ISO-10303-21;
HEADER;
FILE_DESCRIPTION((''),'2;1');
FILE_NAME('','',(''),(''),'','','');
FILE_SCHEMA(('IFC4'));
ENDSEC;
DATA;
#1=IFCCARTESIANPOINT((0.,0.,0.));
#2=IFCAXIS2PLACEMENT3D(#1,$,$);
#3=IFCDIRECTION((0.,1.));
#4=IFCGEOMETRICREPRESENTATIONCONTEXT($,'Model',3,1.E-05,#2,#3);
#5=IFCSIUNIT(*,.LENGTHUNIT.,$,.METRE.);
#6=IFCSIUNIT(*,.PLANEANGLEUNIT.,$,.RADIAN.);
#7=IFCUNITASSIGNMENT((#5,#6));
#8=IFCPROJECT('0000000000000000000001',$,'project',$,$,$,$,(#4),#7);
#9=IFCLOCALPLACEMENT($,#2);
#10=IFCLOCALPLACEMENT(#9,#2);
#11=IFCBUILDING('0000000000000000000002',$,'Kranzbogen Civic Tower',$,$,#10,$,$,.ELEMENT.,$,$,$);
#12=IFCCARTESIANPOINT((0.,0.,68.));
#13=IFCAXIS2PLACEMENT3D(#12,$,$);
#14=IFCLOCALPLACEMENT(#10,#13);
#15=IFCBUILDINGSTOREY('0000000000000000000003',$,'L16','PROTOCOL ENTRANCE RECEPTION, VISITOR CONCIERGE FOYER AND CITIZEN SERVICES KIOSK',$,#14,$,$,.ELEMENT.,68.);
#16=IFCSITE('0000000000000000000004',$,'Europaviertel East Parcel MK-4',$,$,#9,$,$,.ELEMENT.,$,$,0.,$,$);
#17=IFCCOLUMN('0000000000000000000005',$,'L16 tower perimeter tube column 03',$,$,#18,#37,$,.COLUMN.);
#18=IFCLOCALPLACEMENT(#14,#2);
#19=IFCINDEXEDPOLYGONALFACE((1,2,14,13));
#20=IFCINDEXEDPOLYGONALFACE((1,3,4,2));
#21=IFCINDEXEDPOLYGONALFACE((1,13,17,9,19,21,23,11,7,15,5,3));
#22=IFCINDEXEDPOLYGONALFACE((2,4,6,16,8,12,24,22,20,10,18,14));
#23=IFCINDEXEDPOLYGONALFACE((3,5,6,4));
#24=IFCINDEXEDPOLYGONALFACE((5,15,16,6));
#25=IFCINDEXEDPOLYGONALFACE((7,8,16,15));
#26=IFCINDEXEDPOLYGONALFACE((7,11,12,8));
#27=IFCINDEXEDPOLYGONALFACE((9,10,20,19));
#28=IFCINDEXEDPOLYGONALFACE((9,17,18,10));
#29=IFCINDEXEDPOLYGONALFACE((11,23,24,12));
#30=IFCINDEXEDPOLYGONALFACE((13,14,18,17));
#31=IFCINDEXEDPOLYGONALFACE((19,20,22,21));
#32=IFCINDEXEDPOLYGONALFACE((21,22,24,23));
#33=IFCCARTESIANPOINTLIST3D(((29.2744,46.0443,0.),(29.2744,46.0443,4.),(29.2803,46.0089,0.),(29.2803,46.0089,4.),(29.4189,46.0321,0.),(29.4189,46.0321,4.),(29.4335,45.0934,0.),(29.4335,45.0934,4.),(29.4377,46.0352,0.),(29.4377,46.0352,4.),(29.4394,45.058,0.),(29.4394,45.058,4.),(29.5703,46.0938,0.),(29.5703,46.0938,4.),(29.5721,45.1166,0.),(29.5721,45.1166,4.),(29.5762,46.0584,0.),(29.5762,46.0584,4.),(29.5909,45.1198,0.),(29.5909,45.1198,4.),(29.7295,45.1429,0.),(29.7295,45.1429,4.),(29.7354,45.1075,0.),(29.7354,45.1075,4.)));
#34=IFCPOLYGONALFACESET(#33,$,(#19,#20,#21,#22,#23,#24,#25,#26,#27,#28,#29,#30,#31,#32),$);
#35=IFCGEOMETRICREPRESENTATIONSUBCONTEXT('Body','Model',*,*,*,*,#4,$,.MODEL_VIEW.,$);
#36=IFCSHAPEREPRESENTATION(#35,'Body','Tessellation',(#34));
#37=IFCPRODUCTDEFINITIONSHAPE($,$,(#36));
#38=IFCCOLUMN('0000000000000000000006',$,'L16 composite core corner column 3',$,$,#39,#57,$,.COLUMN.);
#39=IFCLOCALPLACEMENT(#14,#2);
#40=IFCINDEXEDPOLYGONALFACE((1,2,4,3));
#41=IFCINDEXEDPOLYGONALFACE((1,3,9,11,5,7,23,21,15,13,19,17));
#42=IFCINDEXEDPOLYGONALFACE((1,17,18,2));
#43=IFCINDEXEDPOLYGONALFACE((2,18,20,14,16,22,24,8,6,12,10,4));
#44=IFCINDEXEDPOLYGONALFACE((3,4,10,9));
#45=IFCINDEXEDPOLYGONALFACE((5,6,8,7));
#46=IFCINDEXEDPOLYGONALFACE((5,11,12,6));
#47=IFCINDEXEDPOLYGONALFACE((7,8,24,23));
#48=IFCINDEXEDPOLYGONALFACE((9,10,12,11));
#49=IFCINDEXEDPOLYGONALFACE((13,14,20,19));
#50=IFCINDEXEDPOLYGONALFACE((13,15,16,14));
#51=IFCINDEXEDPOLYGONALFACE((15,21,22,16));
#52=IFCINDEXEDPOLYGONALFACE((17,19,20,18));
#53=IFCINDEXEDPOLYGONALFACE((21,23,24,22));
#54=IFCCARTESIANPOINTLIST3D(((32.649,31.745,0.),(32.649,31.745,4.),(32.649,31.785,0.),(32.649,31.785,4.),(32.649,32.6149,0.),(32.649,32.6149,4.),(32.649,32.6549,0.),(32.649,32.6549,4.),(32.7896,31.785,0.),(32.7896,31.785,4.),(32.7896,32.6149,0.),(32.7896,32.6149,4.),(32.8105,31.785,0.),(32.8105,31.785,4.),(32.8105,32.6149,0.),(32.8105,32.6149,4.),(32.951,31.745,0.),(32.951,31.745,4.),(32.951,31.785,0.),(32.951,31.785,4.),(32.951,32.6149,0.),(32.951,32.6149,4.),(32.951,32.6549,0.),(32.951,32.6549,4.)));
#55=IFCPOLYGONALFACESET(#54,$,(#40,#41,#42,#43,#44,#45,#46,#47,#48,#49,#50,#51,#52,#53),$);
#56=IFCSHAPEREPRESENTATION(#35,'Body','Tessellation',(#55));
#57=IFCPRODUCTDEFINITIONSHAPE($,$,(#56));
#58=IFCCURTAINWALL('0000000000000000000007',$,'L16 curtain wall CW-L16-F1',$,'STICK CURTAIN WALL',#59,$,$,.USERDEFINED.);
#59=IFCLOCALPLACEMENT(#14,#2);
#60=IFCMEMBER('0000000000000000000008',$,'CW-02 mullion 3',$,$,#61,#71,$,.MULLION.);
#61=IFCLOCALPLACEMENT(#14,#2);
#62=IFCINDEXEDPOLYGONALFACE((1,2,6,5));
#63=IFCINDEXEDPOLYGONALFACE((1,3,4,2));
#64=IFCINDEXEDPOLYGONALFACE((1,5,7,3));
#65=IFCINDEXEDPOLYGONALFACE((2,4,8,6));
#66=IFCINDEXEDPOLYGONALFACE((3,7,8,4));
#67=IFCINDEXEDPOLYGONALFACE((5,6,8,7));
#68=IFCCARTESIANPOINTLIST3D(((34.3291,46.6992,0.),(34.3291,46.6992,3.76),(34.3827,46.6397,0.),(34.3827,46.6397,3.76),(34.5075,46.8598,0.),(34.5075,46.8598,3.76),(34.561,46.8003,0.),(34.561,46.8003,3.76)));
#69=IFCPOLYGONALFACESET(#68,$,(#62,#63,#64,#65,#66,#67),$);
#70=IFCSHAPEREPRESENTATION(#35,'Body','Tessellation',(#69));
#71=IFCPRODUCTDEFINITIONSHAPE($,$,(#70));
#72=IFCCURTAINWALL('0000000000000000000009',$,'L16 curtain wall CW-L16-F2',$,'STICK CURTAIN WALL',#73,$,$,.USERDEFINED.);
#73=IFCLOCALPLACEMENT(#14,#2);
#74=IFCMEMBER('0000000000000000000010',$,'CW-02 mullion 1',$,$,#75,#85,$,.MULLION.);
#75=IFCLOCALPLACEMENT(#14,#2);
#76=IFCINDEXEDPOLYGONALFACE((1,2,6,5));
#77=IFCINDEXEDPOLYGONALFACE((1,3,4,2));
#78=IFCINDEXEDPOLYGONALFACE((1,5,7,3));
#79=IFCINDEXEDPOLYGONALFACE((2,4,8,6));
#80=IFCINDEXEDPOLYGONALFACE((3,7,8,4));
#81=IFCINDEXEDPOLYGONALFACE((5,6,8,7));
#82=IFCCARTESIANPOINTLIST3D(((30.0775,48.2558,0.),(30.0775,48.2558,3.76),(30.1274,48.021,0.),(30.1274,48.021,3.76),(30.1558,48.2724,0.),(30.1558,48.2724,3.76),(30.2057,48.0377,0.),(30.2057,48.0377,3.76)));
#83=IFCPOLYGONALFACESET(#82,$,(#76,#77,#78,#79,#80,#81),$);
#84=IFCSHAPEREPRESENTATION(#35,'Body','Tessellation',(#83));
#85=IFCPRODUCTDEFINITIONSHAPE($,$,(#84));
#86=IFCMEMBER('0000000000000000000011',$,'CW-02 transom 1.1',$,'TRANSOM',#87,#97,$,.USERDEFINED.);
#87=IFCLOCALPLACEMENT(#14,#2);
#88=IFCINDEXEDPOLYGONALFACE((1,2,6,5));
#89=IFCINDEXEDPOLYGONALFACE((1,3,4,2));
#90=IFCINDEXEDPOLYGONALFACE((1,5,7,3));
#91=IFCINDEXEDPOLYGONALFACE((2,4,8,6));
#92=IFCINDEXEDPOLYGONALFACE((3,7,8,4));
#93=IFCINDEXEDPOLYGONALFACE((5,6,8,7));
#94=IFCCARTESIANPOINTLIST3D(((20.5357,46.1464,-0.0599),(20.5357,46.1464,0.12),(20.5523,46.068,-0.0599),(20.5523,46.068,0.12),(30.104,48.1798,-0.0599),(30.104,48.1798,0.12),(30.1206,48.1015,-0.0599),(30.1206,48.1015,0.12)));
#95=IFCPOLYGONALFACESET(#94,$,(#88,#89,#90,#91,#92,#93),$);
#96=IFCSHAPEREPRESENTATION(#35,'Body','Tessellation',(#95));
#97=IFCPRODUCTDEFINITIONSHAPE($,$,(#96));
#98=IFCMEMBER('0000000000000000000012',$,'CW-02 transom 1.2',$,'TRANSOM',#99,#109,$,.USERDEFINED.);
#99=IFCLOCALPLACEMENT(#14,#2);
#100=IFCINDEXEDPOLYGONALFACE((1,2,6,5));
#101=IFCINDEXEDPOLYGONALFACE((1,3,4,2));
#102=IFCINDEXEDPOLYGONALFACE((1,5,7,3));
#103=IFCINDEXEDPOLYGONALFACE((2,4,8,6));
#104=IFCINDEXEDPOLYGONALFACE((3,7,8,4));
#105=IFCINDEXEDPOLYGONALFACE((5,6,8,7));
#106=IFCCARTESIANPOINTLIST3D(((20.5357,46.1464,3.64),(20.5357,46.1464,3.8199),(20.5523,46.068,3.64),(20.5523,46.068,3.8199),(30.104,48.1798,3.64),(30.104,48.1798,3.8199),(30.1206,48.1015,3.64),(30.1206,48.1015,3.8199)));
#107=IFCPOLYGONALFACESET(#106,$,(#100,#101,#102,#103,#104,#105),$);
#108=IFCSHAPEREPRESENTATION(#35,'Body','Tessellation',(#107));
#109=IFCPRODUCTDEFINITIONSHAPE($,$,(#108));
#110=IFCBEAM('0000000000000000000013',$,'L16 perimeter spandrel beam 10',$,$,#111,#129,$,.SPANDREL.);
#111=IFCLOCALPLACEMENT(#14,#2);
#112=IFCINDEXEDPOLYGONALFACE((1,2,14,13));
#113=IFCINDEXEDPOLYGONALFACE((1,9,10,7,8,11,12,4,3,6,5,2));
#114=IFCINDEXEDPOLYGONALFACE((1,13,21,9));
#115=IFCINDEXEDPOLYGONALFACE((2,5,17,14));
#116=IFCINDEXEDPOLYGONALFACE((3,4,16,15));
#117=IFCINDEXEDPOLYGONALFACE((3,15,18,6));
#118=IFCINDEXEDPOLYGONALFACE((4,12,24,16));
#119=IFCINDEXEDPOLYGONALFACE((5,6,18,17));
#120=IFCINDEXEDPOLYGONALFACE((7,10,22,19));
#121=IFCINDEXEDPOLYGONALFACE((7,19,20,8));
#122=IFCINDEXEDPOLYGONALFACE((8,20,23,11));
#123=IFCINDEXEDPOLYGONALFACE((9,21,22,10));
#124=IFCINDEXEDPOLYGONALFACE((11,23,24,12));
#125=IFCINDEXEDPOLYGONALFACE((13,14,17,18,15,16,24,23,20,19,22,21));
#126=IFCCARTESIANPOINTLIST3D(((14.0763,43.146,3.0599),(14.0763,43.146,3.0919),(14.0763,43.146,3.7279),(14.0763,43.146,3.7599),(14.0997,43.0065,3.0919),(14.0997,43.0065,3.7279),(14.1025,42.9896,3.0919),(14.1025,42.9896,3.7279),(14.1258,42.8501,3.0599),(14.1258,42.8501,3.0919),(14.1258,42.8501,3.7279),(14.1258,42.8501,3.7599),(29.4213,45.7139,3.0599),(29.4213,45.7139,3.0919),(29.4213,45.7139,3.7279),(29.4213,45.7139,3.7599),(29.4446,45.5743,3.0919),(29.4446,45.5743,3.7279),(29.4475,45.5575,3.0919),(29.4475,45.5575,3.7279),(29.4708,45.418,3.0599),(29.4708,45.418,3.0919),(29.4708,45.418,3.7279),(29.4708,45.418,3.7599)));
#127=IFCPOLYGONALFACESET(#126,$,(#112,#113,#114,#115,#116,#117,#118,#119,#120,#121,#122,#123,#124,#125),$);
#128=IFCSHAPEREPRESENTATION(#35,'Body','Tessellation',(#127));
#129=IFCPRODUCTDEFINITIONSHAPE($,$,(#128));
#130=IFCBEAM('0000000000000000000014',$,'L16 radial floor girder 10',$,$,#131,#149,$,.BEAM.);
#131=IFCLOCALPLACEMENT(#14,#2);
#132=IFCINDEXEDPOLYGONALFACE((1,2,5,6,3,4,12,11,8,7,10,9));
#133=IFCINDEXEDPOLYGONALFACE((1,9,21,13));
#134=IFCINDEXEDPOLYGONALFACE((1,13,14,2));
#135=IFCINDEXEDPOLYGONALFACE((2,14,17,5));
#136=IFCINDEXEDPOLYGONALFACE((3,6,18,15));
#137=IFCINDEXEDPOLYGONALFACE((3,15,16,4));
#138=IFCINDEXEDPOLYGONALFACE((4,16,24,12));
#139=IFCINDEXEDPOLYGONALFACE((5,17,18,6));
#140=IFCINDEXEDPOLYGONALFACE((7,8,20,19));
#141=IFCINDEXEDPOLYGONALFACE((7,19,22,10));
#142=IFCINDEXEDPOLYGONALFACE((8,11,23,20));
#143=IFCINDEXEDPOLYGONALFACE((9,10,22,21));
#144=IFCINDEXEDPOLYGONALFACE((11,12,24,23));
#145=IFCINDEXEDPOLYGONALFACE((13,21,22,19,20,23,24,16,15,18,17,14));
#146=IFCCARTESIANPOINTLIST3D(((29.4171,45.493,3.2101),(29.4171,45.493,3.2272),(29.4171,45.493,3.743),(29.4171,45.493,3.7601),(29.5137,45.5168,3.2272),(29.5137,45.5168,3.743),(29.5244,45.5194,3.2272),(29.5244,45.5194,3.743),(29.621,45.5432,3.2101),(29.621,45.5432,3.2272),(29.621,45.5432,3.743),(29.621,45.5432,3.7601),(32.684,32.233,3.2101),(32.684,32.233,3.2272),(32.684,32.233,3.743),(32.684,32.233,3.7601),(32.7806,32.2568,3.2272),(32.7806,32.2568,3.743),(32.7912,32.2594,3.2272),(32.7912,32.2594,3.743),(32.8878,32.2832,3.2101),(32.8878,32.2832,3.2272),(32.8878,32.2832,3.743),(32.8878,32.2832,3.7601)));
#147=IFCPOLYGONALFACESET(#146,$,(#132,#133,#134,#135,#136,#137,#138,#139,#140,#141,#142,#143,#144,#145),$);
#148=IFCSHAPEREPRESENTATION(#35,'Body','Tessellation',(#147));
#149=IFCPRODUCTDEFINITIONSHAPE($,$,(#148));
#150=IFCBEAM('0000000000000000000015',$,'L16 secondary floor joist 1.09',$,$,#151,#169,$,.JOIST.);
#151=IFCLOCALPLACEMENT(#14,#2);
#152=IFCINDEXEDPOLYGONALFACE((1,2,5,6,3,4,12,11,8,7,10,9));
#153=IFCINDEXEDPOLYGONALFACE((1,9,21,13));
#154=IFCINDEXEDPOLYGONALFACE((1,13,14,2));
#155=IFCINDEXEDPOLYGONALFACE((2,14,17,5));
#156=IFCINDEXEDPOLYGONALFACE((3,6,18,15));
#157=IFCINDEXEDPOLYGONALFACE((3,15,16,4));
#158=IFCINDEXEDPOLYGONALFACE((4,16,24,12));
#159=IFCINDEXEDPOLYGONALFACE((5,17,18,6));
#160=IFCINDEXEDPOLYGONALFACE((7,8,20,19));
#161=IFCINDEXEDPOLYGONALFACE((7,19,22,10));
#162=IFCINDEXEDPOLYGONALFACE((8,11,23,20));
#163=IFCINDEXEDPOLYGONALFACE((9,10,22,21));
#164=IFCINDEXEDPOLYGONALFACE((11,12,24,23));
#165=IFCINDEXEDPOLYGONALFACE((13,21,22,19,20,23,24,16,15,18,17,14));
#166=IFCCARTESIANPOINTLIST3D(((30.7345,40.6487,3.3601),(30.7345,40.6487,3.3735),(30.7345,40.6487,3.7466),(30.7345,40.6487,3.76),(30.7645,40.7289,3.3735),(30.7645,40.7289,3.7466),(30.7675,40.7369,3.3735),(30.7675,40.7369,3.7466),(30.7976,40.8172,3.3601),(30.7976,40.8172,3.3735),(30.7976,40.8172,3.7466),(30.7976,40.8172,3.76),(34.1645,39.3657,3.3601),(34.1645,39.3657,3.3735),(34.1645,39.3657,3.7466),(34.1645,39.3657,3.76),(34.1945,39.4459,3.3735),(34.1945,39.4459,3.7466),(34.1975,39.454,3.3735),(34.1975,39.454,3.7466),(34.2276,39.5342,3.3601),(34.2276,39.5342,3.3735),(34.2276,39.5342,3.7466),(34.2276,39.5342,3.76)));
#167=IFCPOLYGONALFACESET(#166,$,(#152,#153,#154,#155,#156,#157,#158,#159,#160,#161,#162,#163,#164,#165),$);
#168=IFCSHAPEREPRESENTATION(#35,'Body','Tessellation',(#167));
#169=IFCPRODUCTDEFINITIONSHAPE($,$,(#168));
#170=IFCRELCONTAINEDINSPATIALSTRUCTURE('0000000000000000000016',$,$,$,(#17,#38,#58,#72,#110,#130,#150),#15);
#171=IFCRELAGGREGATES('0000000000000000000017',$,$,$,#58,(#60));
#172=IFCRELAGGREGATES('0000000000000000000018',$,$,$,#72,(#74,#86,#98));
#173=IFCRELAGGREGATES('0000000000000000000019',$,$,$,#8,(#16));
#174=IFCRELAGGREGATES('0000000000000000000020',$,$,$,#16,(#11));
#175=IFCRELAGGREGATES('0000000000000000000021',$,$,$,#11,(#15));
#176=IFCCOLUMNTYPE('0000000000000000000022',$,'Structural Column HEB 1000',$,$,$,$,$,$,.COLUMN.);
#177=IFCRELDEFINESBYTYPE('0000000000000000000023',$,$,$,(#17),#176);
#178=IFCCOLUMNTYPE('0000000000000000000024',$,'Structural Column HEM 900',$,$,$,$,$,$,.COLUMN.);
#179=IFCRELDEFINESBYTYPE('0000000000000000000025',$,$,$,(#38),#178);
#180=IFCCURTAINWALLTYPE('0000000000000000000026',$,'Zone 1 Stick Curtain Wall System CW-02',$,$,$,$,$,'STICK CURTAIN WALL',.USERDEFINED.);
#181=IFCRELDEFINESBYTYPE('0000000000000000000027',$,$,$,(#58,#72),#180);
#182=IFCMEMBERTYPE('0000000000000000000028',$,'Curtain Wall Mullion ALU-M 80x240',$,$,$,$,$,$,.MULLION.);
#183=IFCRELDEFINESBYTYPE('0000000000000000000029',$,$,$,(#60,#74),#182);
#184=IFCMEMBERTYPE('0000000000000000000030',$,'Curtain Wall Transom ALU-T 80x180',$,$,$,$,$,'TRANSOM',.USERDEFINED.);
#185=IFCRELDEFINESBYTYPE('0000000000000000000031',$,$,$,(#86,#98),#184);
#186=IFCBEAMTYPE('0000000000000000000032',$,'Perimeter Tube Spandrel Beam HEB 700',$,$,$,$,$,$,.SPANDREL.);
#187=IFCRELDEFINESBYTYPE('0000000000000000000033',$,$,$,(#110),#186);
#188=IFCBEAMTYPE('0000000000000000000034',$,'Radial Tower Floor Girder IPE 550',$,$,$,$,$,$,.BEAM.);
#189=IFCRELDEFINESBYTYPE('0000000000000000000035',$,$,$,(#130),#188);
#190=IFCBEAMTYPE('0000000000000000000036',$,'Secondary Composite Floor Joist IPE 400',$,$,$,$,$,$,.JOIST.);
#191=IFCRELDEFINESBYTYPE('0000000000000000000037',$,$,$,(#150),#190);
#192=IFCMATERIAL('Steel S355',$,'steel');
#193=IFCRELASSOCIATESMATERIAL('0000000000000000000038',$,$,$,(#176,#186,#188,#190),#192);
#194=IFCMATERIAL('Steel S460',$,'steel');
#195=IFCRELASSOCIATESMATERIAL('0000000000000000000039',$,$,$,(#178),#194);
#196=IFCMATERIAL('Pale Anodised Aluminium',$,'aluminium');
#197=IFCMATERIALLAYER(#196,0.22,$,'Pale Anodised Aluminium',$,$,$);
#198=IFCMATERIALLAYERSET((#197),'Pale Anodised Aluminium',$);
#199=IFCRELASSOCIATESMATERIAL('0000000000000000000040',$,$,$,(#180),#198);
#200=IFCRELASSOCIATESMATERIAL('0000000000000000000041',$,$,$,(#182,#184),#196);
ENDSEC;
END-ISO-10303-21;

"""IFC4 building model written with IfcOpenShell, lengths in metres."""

from ifc_helpers import new_model, si_unit, direction, frame, origin, origin_2d, place, context, subcontext, project, spatial, rectangle, i_section, extrude, material, layer, layer_set, material_profile, profile_set, type_object, element, aggregate, save


model = new_model("IFC4")

# Units and contexts
model_context = context("Model", 3, precision=1e-05, world=origin(), true_north=direction((0.0, 1.0)))
body_context = subcontext(model_context, "Body", "Model", "MODEL_VIEW")
ifc_project = project(units=[si_unit("LENGTHUNIT", "METRE"), si_unit("PLANEANGLEUNIT", "RADIAN")], contexts=[model_context])

# Site, building, storey
site_placement = place(None, origin())
site = spatial("IfcSite", under=ifc_project, at=site_placement, Name="Europaviertel East Parcel MK-4", CompositionType="ELEMENT", RefElevation=0.0)
building_placement = place(site_placement, origin())
building = spatial("IfcBuilding", under=site, at=building_placement, Name="Kranzbogen Civic Tower", CompositionType="ELEMENT")
storey_placement = place(building_placement, frame((0.0, 0.0, 68.0)))
storey = spatial("IfcBuildingStorey", under=building, at=storey_placement, Name="L16", Description="PROTOCOL ENTRANCE RECEPTION, VISITOR CONCIERGE FOYER AND CITIZEN SERVICES KIOSK", CompositionType="ELEMENT", Elevation=68.0)

# Columns
ifc_material_1 = material(Name="Steel S355", Category="steel")
ifc_material_profile_1 = material_profile(ifc_material_1, i_section(OverallWidth=0.3, OverallDepth=1.0, WebThickness=0.019, FlangeThickness=0.0359, at=origin_2d()), Name="HEB 1000")
ifc_profile_set_1 = profile_set([ifc_material_profile_1], Name="Steel S355")
column_type_1 = type_object("IfcColumnType", Name="Structural Column HEB 1000", PredefinedType="COLUMN", material=ifc_profile_set_1)
column_1_placement = place(storey_placement, frame((29.5049, 45.5759, 0.0), z_axis=(0.0, 0.0, 1.0), x_axis=(0.986286, 0.165048, 0.0)))
element("IfcColumn", 1, at=column_1_placement, inside=storey, type_object=column_type_1, Name="L16 tower perimeter tube column 03", PredefinedType="COLUMN", context=body_context, shape_type="SweptSolid", body=[
    extrude(i_section(OverallWidth=0.3, OverallDepth=1.0, WebThickness=0.019, FlangeThickness=0.0359, at=origin_2d()), origin(), (0.0, 0.0, 1.0), 4.0),
])
ifc_material_2 = material(Name="Steel S460", Category="steel")
ifc_material_profile_2 = material_profile(ifc_material_2, i_section(OverallWidth=0.302, OverallDepth=0.9099, WebThickness=0.021, FlangeThickness=0.04, at=origin_2d()), Name="HEM 900")
ifc_profile_set_2 = profile_set([ifc_material_profile_2], Name="Steel S460")
column_type_2 = type_object("IfcColumnType", Name="Structural Column HEM 900", PredefinedType="COLUMN", material=ifc_profile_set_2)
column_2_placement = place(storey_placement, frame((32.8, 32.2, 0.0), z_axis=(0.0, 0.0, 1.0), x_axis=(1.0, 0.0, 0.0)))
element("IfcColumn", 2, at=column_2_placement, inside=storey, type_object=column_type_2, Name="L16 composite core corner column 3", PredefinedType="COLUMN", context=body_context, shape_type="SweptSolid", body=[
    extrude(i_section(OverallWidth=0.302, OverallDepth=0.9099, WebThickness=0.021, FlangeThickness=0.04, at=origin_2d()), origin(), (0.0, 0.0, 1.0), 4.0),
])

# Curtain wall, member
ifc_material_3 = material(Name="Pale Anodised Aluminium", Category="aluminium")
ifc_layer_1 = layer(ifc_material_3, 0.22, Name="Pale Anodised Aluminium")
ifc_layer_set_1 = layer_set([ifc_layer_1], Name="Pale Anodised Aluminium")
curtain_wall_type = type_object("IfcCurtainWallType", Name="Zone 1 Stick Curtain Wall System CW-02", ElementType="STICK CURTAIN WALL", PredefinedType="USERDEFINED", material=ifc_layer_set_1)
curtain_wall_1_placement = place(storey_placement, origin())
curtain_wall_1 = element("IfcCurtainWall", 3, at=curtain_wall_1_placement, inside=storey, type_object=curtain_wall_type, Name="L16 curtain wall CW-L16-F1", ObjectType="STICK CURTAIN WALL", PredefinedType="USERDEFINED")
ifc_material_profile_3 = material_profile(ifc_material_3, rectangle(XDim=0.0801, YDim=0.24, at=origin_2d()), Name="ALU-M 80x240")
ifc_profile_set_3 = profile_set([ifc_material_profile_3], Name="Pale Anodised Aluminium")
member_type_1 = type_object("IfcMemberType", Name="Curtain Wall Mullion ALU-M 80x240", PredefinedType="MULLION", material=ifc_profile_set_3)
member_1_placement = place(storey_placement, frame((34.4451, 46.7498, 0.0), z_axis=(0.0, 0.0, 1.0), x_axis=(-0.669116, 0.743158, 0.0)))
member_1 = element("IfcMember", 4, at=member_1_placement, type_object=member_type_1, Name="CW-02 mullion 3", PredefinedType="MULLION", context=body_context, shape_type="SweptSolid", body=[
    extrude(rectangle(XDim=0.0801, YDim=0.24, at=origin_2d()), origin(), (0.0, 0.0, 1.0), 3.76),
])
aggregate(curtain_wall_1, [member_1])

# Curtain wall, members
curtain_wall_2_placement = place(storey_placement, origin())
curtain_wall_2 = element("IfcCurtainWall", 5, at=curtain_wall_2_placement, inside=storey, type_object=curtain_wall_type, Name="L16 curtain wall CW-L16-F2", ObjectType="STICK CURTAIN WALL", PredefinedType="USERDEFINED")
member_2_placement = place(storey_placement, frame((30.1416, 48.1467, 0.0), z_axis=(0.0, 0.0, 1.0), x_axis=(-0.978159, -0.207858, 0.0)))
member_2 = element("IfcMember", 6, at=member_2_placement, type_object=member_type_1, Name="CW-02 mullion 1", PredefinedType="MULLION", context=body_context, shape_type="SweptSolid", body=[
    extrude(rectangle(XDim=0.0801, YDim=0.24, at=origin_2d()), origin(), (0.0, 0.0, 1.0), 3.76),
])
ifc_material_profile_4 = material_profile(ifc_material_3, rectangle(XDim=0.0801, YDim=0.1799, at=origin_2d()), Name="ALU-T 80x180")
ifc_profile_set_4 = profile_set([ifc_material_profile_4], Name="Pale Anodised Aluminium")
member_type_2 = type_object("IfcMemberType", Name="Curtain Wall Transom ALU-T 80x180", ElementType="TRANSOM", PredefinedType="USERDEFINED", material=ifc_profile_set_4)
member_3_placement = place(storey_placement, frame((30.1123, 48.1406, 0.03), z_axis=(-0.978155, -0.207875, 0.0), x_axis=(0.207875, -0.978155, 0.0)))
member_3 = element("IfcMember", 7, at=member_3_placement, type_object=member_type_2, Name="CW-02 transom 1.1", ObjectType="TRANSOM", PredefinedType="USERDEFINED", context=body_context, shape_type="SweptSolid", body=[
    extrude(rectangle(XDim=0.0801, YDim=0.1799, at=origin_2d()), origin(), (0.0, 0.0, 1.0), 9.782),
])
member_4_placement = place(storey_placement, frame((30.1123, 48.1406, 3.73), z_axis=(-0.978155, -0.207875, 0.0), x_axis=(0.207875, -0.978155, 0.0)))
member_4 = element("IfcMember", 8, at=member_4_placement, type_object=member_type_2, Name="CW-02 transom 1.2", ObjectType="TRANSOM", PredefinedType="USERDEFINED", context=body_context, shape_type="SweptSolid", body=[
    extrude(rectangle(XDim=0.0801, YDim=0.1799, at=origin_2d()), origin(), (0.0, 0.0, 1.0), 9.782),
])

# Beams
ifc_material_profile_5 = material_profile(ifc_material_1, i_section(OverallWidth=0.3, OverallDepth=0.7, WebThickness=0.0171, FlangeThickness=0.032, at=origin_2d()), Name="HEB 700")
ifc_profile_set_5 = profile_set([ifc_material_profile_5], Name="Steel S355")
beam_type_1 = type_object("IfcBeamType", Name="Perimeter Tube Spandrel Beam HEB 700", PredefinedType="SPANDREL", material=ifc_profile_set_5)
beam_1_placement = place(storey_placement, frame((29.446, 45.5659, 3.4099), z_axis=(-0.986286, -0.165048, 0.0), x_axis=(0.165048, -0.986286, 0.0)))
element("IfcBeam", 9, at=beam_1_placement, inside=storey, type_object=beam_type_1, Name="L16 perimeter spandrel beam 10", PredefinedType="SPANDREL", context=body_context, shape_type="SweptSolid", body=[
    extrude(i_section(OverallWidth=0.3, OverallDepth=0.7, WebThickness=0.0171, FlangeThickness=0.032, at=origin_2d()), origin(), (0.0, 0.0, 1.0), 15.5583),
])
ifc_material_profile_6 = material_profile(ifc_material_1, i_section(OverallWidth=0.21, OverallDepth=0.55, WebThickness=0.011, FlangeThickness=0.0171, at=origin_2d()), Name="IPE 550")
ifc_profile_set_6 = profile_set([ifc_material_profile_6], Name="Steel S355")
beam_type_2 = type_object("IfcBeamType", Name="Radial Tower Floor Girder IPE 550", PredefinedType="BEAM", material=ifc_profile_set_6)
beam_2_placement = place(storey_placement, frame((29.519, 45.5181, 3.4851), z_axis=(0.239215, -0.970967, 0.0), x_axis=(0.970967, 0.239215, 0.0)))
element("IfcBeam", 10, at=beam_2_placement, inside=storey, type_object=beam_type_2, Name="L16 radial floor girder 10", PredefinedType="BEAM", context=body_context, shape_type="SweptSolid", body=[
    extrude(i_section(OverallWidth=0.21, OverallDepth=0.55, WebThickness=0.011, FlangeThickness=0.0171, at=origin_2d()), origin(), (0.0, 0.0, 1.0), 13.6565),
])
ifc_material_profile_7 = material_profile(ifc_material_1, i_section(OverallWidth=0.1799, OverallDepth=0.3999, WebThickness=0.0085, FlangeThickness=0.0134, at=origin_2d()), Name="IPE 400")
ifc_profile_set_7 = profile_set([ifc_material_profile_7], Name="Steel S355")
beam_type_3 = type_object("IfcBeamType", Name="Secondary Composite Floor Joist IPE 400", PredefinedType="JOIST", material=ifc_profile_set_7)
beam_3_placement = place(storey_placement, frame((34.196, 39.45, 3.5601), z_axis=(-0.936622, 0.350342, 0.0), x_axis=(-0.350342, -0.936622, 0.0)))
element("IfcBeam", 11, at=beam_3_placement, inside=storey, type_object=beam_type_3, Name="L16 secondary floor joist 1.09", PredefinedType="JOIST", context=body_context, shape_type="SweptSolid", body=[
    extrude(i_section(OverallWidth=0.1799, OverallDepth=0.3999, WebThickness=0.0085, FlangeThickness=0.0134, at=origin_2d()), origin(), (0.0, 0.0, 1.0), 3.6621),
])

aggregate(curtain_wall_2, [member_2, member_3, member_4])

save(model, "model.ifc")
